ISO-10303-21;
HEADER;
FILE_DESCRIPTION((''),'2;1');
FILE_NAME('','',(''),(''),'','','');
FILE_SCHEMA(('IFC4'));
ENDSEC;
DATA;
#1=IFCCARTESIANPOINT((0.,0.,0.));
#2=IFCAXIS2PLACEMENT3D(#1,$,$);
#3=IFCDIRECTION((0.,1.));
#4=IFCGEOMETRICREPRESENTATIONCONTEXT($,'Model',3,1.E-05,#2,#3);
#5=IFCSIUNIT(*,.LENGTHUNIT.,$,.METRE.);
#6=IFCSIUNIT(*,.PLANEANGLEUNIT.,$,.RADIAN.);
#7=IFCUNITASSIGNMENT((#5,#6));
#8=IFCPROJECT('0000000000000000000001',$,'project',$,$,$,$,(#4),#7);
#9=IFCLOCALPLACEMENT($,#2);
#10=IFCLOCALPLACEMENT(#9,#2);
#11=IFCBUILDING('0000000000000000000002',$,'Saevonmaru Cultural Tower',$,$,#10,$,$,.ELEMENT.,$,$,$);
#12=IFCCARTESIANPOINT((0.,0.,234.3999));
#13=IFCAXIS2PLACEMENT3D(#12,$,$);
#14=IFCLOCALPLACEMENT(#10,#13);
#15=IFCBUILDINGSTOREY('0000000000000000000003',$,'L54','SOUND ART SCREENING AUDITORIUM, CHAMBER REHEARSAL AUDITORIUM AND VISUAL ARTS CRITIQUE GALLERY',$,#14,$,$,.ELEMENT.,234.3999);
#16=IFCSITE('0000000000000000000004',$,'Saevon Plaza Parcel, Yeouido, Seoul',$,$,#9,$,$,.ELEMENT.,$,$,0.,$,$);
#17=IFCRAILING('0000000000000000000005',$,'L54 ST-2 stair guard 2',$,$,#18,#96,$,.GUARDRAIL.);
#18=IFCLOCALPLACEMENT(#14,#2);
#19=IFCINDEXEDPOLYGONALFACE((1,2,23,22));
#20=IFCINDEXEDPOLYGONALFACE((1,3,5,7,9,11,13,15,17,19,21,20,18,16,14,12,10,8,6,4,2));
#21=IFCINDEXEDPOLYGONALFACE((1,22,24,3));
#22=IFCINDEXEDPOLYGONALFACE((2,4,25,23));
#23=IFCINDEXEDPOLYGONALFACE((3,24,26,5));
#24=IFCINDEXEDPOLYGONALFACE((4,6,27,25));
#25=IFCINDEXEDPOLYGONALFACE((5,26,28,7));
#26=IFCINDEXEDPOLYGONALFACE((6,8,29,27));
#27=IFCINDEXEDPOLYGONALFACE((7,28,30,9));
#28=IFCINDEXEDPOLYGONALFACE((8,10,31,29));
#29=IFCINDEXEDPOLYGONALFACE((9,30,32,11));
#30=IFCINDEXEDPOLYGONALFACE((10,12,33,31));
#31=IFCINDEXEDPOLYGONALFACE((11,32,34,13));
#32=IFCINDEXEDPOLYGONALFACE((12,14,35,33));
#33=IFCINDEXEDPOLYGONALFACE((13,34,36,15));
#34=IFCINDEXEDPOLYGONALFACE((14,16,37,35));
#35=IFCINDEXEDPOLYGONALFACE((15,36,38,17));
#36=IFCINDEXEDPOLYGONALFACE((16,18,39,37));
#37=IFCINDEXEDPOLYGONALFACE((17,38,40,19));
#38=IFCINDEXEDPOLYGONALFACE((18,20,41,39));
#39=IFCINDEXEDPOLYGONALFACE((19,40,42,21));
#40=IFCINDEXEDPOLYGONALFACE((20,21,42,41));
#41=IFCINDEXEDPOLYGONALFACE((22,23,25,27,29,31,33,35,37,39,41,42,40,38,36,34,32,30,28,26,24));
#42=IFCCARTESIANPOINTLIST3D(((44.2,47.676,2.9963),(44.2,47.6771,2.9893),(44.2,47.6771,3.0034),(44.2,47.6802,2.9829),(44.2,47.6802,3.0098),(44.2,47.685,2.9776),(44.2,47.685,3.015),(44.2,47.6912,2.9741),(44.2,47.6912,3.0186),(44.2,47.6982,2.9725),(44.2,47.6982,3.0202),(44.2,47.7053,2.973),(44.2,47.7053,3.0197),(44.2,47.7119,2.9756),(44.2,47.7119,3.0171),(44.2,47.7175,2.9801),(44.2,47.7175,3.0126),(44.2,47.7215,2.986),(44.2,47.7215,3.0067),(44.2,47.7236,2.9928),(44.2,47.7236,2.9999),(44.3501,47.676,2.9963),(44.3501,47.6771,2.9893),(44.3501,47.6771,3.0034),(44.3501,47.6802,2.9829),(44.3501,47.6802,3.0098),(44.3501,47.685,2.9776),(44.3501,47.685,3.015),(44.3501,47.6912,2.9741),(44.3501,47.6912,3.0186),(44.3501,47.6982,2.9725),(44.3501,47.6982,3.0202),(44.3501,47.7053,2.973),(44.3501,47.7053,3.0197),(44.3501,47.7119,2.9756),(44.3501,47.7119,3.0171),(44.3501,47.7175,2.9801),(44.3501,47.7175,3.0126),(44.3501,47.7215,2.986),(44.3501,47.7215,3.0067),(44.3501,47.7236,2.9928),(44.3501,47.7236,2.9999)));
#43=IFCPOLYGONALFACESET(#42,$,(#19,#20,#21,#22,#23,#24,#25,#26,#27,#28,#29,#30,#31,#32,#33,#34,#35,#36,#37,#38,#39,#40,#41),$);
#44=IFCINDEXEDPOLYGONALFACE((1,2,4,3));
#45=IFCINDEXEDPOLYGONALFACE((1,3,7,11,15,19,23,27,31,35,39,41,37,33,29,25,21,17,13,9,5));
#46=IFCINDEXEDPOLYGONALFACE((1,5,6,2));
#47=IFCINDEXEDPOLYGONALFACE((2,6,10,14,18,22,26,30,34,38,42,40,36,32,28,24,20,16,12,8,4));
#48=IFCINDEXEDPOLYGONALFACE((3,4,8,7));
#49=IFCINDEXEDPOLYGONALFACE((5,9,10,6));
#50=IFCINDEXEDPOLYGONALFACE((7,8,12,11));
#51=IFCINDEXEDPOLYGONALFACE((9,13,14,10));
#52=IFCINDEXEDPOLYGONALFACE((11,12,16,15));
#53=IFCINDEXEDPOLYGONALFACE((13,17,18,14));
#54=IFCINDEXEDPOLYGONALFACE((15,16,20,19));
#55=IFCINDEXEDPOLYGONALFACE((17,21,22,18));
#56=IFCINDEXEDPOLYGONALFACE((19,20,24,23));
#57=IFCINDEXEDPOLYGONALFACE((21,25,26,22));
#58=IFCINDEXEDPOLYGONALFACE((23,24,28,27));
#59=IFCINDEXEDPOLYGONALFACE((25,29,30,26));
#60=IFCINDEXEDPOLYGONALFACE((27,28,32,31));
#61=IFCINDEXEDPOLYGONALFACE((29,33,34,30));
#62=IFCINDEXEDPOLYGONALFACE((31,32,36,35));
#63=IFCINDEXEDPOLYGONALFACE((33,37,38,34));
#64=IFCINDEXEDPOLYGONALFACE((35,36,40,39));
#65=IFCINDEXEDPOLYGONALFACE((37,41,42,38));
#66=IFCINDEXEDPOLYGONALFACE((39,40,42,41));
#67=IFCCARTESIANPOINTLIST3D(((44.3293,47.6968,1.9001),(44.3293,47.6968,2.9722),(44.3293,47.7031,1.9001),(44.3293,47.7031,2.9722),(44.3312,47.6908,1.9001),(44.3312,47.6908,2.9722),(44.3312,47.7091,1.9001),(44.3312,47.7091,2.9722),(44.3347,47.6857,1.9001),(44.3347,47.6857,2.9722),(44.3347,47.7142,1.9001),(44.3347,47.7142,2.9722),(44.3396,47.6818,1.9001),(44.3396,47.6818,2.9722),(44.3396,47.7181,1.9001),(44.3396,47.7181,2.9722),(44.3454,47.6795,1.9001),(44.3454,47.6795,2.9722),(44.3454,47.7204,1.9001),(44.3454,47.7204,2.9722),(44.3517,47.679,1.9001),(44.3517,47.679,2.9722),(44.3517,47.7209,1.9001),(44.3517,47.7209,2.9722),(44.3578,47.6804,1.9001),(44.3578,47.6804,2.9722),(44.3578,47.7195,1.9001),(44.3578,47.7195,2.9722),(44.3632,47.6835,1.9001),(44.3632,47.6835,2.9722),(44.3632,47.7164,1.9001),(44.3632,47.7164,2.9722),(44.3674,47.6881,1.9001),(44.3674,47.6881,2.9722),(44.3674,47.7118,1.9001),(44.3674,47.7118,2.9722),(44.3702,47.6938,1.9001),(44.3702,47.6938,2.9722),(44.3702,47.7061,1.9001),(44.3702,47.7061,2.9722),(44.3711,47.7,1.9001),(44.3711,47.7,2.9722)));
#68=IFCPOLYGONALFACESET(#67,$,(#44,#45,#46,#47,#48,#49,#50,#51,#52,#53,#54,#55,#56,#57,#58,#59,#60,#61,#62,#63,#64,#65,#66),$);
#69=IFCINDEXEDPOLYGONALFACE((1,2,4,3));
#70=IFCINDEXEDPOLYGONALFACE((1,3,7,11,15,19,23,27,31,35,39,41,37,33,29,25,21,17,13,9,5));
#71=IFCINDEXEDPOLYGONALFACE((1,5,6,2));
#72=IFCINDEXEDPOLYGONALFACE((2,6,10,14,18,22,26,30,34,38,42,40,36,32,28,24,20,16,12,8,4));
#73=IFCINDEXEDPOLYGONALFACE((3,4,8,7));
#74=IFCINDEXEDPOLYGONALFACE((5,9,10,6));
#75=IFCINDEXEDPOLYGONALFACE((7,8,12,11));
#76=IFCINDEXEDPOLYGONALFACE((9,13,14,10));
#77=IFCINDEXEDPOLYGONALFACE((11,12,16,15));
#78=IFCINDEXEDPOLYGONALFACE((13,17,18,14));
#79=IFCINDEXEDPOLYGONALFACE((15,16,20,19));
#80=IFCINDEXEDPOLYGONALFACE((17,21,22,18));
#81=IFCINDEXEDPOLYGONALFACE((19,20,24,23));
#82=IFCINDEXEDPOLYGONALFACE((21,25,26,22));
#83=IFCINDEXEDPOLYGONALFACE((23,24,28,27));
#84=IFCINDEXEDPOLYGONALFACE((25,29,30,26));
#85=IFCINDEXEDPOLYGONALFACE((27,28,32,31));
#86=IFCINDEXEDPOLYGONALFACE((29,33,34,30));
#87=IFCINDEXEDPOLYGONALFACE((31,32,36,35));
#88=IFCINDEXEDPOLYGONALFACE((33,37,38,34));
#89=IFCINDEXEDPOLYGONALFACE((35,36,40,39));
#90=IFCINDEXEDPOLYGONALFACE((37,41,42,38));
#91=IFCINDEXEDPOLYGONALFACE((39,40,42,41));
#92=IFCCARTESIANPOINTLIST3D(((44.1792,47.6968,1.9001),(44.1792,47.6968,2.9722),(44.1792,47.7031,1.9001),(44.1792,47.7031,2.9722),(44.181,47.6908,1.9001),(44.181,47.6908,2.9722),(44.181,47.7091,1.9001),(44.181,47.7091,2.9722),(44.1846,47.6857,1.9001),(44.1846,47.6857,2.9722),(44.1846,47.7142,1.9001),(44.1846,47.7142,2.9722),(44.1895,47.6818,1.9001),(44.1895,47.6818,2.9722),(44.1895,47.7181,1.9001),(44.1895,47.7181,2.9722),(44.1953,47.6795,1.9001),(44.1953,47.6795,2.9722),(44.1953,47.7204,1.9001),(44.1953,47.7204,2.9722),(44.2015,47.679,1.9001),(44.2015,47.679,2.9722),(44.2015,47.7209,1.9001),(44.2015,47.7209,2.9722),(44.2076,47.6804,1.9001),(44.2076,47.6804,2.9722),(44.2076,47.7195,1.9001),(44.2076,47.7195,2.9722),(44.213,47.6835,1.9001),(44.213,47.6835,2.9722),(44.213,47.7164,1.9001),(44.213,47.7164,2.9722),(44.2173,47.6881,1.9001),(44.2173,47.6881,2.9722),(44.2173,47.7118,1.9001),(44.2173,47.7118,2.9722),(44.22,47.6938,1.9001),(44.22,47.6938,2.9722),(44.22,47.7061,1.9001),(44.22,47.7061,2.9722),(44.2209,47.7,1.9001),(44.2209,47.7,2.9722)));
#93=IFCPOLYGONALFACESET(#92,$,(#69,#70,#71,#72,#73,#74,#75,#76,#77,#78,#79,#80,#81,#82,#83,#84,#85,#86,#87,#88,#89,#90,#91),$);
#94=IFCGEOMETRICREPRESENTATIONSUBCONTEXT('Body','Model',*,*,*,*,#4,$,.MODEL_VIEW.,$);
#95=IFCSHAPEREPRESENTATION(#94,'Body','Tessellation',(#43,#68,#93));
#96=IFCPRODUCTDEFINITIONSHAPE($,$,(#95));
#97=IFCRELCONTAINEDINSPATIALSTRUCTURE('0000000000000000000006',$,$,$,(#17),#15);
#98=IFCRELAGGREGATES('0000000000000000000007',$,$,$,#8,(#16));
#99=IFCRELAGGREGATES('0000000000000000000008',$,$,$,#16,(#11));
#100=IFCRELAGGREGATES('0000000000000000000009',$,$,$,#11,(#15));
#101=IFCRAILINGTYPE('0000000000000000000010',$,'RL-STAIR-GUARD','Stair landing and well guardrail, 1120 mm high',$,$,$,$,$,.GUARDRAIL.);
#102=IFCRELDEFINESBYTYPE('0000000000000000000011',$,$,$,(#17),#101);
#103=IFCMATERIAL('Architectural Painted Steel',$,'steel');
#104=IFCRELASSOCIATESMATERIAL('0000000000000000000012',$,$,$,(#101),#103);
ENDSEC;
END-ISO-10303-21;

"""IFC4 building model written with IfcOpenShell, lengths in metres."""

from ifc_helpers import new_model, si_unit, direction, frame, origin, origin_2d, place, context, subcontext, project, spatial, circle, extrude, material, type_object, element, save


model = new_model("IFC4")

# Units and contexts
model_context = context("Model", 3, precision=1e-05, world=origin(), true_north=direction((0.0, 1.0)))
body_context = subcontext(model_context, "Body", "Model", "MODEL_VIEW")
ifc_project = project(units=[si_unit("LENGTHUNIT", "METRE"), si_unit("PLANEANGLEUNIT", "RADIAN")], contexts=[model_context])

# Site, building, storey
site_placement = place(None, origin())
site = spatial("IfcSite", under=ifc_project, at=site_placement, Name="Saevon Plaza Parcel, Yeouido, Seoul", CompositionType="ELEMENT", RefElevation=0.0)
building_placement = place(site_placement, origin())
building = spatial("IfcBuilding", under=site, at=building_placement, Name="Saevonmaru Cultural Tower", CompositionType="ELEMENT")
storey_placement = place(building_placement, frame((0.0, 0.0, 234.3999)))
storey = spatial("IfcBuildingStorey", under=building, at=storey_placement, Name="L54", Description="SOUND ART SCREENING AUDITORIUM, CHAMBER REHEARSAL AUDITORIUM AND VISUAL ARTS CRITIQUE GALLERY", CompositionType="ELEMENT", Elevation=234.3999)

# Railing
ifc_material_1 = material(Name="Architectural Painted Steel", Category="steel")
railing_type_1 = type_object("IfcRailingType", Name="RL-STAIR-GUARD", Description="Stair landing and well guardrail, 1120 mm high", PredefinedType="GUARDRAIL", material=ifc_material_1)
railing_1_placement = place(storey_placement, frame((44.3501, 47.7, 1.9001)))
element("IfcRailing", 1, at=railing_1_placement, inside=storey, type_object=railing_type_1, Name="L54 ST-2 stair guard 2", PredefinedType="GUARDRAIL", context=body_context, shape_type="SweptSolid", body=[
    extrude(circle(Radius=0.0239, at=origin_2d()), frame((0.0, 0.0, 1.0962), z_axis=(-1.0, 0.0, 0.0), x_axis=(0.0, -1.0, 0.0)), (0.0, 0.0, 1.0), 0.1501),
    extrude(circle(Radius=0.021, at=origin_2d()), origin(), (0.0, 0.0, 1.0), 1.072),
    extrude(circle(Radius=0.021, at=origin_2d()), frame((-0.1501, 0.0, 0.0)), (0.0, 0.0, 1.0), 1.072),
])

save(model, "model.ifc")
